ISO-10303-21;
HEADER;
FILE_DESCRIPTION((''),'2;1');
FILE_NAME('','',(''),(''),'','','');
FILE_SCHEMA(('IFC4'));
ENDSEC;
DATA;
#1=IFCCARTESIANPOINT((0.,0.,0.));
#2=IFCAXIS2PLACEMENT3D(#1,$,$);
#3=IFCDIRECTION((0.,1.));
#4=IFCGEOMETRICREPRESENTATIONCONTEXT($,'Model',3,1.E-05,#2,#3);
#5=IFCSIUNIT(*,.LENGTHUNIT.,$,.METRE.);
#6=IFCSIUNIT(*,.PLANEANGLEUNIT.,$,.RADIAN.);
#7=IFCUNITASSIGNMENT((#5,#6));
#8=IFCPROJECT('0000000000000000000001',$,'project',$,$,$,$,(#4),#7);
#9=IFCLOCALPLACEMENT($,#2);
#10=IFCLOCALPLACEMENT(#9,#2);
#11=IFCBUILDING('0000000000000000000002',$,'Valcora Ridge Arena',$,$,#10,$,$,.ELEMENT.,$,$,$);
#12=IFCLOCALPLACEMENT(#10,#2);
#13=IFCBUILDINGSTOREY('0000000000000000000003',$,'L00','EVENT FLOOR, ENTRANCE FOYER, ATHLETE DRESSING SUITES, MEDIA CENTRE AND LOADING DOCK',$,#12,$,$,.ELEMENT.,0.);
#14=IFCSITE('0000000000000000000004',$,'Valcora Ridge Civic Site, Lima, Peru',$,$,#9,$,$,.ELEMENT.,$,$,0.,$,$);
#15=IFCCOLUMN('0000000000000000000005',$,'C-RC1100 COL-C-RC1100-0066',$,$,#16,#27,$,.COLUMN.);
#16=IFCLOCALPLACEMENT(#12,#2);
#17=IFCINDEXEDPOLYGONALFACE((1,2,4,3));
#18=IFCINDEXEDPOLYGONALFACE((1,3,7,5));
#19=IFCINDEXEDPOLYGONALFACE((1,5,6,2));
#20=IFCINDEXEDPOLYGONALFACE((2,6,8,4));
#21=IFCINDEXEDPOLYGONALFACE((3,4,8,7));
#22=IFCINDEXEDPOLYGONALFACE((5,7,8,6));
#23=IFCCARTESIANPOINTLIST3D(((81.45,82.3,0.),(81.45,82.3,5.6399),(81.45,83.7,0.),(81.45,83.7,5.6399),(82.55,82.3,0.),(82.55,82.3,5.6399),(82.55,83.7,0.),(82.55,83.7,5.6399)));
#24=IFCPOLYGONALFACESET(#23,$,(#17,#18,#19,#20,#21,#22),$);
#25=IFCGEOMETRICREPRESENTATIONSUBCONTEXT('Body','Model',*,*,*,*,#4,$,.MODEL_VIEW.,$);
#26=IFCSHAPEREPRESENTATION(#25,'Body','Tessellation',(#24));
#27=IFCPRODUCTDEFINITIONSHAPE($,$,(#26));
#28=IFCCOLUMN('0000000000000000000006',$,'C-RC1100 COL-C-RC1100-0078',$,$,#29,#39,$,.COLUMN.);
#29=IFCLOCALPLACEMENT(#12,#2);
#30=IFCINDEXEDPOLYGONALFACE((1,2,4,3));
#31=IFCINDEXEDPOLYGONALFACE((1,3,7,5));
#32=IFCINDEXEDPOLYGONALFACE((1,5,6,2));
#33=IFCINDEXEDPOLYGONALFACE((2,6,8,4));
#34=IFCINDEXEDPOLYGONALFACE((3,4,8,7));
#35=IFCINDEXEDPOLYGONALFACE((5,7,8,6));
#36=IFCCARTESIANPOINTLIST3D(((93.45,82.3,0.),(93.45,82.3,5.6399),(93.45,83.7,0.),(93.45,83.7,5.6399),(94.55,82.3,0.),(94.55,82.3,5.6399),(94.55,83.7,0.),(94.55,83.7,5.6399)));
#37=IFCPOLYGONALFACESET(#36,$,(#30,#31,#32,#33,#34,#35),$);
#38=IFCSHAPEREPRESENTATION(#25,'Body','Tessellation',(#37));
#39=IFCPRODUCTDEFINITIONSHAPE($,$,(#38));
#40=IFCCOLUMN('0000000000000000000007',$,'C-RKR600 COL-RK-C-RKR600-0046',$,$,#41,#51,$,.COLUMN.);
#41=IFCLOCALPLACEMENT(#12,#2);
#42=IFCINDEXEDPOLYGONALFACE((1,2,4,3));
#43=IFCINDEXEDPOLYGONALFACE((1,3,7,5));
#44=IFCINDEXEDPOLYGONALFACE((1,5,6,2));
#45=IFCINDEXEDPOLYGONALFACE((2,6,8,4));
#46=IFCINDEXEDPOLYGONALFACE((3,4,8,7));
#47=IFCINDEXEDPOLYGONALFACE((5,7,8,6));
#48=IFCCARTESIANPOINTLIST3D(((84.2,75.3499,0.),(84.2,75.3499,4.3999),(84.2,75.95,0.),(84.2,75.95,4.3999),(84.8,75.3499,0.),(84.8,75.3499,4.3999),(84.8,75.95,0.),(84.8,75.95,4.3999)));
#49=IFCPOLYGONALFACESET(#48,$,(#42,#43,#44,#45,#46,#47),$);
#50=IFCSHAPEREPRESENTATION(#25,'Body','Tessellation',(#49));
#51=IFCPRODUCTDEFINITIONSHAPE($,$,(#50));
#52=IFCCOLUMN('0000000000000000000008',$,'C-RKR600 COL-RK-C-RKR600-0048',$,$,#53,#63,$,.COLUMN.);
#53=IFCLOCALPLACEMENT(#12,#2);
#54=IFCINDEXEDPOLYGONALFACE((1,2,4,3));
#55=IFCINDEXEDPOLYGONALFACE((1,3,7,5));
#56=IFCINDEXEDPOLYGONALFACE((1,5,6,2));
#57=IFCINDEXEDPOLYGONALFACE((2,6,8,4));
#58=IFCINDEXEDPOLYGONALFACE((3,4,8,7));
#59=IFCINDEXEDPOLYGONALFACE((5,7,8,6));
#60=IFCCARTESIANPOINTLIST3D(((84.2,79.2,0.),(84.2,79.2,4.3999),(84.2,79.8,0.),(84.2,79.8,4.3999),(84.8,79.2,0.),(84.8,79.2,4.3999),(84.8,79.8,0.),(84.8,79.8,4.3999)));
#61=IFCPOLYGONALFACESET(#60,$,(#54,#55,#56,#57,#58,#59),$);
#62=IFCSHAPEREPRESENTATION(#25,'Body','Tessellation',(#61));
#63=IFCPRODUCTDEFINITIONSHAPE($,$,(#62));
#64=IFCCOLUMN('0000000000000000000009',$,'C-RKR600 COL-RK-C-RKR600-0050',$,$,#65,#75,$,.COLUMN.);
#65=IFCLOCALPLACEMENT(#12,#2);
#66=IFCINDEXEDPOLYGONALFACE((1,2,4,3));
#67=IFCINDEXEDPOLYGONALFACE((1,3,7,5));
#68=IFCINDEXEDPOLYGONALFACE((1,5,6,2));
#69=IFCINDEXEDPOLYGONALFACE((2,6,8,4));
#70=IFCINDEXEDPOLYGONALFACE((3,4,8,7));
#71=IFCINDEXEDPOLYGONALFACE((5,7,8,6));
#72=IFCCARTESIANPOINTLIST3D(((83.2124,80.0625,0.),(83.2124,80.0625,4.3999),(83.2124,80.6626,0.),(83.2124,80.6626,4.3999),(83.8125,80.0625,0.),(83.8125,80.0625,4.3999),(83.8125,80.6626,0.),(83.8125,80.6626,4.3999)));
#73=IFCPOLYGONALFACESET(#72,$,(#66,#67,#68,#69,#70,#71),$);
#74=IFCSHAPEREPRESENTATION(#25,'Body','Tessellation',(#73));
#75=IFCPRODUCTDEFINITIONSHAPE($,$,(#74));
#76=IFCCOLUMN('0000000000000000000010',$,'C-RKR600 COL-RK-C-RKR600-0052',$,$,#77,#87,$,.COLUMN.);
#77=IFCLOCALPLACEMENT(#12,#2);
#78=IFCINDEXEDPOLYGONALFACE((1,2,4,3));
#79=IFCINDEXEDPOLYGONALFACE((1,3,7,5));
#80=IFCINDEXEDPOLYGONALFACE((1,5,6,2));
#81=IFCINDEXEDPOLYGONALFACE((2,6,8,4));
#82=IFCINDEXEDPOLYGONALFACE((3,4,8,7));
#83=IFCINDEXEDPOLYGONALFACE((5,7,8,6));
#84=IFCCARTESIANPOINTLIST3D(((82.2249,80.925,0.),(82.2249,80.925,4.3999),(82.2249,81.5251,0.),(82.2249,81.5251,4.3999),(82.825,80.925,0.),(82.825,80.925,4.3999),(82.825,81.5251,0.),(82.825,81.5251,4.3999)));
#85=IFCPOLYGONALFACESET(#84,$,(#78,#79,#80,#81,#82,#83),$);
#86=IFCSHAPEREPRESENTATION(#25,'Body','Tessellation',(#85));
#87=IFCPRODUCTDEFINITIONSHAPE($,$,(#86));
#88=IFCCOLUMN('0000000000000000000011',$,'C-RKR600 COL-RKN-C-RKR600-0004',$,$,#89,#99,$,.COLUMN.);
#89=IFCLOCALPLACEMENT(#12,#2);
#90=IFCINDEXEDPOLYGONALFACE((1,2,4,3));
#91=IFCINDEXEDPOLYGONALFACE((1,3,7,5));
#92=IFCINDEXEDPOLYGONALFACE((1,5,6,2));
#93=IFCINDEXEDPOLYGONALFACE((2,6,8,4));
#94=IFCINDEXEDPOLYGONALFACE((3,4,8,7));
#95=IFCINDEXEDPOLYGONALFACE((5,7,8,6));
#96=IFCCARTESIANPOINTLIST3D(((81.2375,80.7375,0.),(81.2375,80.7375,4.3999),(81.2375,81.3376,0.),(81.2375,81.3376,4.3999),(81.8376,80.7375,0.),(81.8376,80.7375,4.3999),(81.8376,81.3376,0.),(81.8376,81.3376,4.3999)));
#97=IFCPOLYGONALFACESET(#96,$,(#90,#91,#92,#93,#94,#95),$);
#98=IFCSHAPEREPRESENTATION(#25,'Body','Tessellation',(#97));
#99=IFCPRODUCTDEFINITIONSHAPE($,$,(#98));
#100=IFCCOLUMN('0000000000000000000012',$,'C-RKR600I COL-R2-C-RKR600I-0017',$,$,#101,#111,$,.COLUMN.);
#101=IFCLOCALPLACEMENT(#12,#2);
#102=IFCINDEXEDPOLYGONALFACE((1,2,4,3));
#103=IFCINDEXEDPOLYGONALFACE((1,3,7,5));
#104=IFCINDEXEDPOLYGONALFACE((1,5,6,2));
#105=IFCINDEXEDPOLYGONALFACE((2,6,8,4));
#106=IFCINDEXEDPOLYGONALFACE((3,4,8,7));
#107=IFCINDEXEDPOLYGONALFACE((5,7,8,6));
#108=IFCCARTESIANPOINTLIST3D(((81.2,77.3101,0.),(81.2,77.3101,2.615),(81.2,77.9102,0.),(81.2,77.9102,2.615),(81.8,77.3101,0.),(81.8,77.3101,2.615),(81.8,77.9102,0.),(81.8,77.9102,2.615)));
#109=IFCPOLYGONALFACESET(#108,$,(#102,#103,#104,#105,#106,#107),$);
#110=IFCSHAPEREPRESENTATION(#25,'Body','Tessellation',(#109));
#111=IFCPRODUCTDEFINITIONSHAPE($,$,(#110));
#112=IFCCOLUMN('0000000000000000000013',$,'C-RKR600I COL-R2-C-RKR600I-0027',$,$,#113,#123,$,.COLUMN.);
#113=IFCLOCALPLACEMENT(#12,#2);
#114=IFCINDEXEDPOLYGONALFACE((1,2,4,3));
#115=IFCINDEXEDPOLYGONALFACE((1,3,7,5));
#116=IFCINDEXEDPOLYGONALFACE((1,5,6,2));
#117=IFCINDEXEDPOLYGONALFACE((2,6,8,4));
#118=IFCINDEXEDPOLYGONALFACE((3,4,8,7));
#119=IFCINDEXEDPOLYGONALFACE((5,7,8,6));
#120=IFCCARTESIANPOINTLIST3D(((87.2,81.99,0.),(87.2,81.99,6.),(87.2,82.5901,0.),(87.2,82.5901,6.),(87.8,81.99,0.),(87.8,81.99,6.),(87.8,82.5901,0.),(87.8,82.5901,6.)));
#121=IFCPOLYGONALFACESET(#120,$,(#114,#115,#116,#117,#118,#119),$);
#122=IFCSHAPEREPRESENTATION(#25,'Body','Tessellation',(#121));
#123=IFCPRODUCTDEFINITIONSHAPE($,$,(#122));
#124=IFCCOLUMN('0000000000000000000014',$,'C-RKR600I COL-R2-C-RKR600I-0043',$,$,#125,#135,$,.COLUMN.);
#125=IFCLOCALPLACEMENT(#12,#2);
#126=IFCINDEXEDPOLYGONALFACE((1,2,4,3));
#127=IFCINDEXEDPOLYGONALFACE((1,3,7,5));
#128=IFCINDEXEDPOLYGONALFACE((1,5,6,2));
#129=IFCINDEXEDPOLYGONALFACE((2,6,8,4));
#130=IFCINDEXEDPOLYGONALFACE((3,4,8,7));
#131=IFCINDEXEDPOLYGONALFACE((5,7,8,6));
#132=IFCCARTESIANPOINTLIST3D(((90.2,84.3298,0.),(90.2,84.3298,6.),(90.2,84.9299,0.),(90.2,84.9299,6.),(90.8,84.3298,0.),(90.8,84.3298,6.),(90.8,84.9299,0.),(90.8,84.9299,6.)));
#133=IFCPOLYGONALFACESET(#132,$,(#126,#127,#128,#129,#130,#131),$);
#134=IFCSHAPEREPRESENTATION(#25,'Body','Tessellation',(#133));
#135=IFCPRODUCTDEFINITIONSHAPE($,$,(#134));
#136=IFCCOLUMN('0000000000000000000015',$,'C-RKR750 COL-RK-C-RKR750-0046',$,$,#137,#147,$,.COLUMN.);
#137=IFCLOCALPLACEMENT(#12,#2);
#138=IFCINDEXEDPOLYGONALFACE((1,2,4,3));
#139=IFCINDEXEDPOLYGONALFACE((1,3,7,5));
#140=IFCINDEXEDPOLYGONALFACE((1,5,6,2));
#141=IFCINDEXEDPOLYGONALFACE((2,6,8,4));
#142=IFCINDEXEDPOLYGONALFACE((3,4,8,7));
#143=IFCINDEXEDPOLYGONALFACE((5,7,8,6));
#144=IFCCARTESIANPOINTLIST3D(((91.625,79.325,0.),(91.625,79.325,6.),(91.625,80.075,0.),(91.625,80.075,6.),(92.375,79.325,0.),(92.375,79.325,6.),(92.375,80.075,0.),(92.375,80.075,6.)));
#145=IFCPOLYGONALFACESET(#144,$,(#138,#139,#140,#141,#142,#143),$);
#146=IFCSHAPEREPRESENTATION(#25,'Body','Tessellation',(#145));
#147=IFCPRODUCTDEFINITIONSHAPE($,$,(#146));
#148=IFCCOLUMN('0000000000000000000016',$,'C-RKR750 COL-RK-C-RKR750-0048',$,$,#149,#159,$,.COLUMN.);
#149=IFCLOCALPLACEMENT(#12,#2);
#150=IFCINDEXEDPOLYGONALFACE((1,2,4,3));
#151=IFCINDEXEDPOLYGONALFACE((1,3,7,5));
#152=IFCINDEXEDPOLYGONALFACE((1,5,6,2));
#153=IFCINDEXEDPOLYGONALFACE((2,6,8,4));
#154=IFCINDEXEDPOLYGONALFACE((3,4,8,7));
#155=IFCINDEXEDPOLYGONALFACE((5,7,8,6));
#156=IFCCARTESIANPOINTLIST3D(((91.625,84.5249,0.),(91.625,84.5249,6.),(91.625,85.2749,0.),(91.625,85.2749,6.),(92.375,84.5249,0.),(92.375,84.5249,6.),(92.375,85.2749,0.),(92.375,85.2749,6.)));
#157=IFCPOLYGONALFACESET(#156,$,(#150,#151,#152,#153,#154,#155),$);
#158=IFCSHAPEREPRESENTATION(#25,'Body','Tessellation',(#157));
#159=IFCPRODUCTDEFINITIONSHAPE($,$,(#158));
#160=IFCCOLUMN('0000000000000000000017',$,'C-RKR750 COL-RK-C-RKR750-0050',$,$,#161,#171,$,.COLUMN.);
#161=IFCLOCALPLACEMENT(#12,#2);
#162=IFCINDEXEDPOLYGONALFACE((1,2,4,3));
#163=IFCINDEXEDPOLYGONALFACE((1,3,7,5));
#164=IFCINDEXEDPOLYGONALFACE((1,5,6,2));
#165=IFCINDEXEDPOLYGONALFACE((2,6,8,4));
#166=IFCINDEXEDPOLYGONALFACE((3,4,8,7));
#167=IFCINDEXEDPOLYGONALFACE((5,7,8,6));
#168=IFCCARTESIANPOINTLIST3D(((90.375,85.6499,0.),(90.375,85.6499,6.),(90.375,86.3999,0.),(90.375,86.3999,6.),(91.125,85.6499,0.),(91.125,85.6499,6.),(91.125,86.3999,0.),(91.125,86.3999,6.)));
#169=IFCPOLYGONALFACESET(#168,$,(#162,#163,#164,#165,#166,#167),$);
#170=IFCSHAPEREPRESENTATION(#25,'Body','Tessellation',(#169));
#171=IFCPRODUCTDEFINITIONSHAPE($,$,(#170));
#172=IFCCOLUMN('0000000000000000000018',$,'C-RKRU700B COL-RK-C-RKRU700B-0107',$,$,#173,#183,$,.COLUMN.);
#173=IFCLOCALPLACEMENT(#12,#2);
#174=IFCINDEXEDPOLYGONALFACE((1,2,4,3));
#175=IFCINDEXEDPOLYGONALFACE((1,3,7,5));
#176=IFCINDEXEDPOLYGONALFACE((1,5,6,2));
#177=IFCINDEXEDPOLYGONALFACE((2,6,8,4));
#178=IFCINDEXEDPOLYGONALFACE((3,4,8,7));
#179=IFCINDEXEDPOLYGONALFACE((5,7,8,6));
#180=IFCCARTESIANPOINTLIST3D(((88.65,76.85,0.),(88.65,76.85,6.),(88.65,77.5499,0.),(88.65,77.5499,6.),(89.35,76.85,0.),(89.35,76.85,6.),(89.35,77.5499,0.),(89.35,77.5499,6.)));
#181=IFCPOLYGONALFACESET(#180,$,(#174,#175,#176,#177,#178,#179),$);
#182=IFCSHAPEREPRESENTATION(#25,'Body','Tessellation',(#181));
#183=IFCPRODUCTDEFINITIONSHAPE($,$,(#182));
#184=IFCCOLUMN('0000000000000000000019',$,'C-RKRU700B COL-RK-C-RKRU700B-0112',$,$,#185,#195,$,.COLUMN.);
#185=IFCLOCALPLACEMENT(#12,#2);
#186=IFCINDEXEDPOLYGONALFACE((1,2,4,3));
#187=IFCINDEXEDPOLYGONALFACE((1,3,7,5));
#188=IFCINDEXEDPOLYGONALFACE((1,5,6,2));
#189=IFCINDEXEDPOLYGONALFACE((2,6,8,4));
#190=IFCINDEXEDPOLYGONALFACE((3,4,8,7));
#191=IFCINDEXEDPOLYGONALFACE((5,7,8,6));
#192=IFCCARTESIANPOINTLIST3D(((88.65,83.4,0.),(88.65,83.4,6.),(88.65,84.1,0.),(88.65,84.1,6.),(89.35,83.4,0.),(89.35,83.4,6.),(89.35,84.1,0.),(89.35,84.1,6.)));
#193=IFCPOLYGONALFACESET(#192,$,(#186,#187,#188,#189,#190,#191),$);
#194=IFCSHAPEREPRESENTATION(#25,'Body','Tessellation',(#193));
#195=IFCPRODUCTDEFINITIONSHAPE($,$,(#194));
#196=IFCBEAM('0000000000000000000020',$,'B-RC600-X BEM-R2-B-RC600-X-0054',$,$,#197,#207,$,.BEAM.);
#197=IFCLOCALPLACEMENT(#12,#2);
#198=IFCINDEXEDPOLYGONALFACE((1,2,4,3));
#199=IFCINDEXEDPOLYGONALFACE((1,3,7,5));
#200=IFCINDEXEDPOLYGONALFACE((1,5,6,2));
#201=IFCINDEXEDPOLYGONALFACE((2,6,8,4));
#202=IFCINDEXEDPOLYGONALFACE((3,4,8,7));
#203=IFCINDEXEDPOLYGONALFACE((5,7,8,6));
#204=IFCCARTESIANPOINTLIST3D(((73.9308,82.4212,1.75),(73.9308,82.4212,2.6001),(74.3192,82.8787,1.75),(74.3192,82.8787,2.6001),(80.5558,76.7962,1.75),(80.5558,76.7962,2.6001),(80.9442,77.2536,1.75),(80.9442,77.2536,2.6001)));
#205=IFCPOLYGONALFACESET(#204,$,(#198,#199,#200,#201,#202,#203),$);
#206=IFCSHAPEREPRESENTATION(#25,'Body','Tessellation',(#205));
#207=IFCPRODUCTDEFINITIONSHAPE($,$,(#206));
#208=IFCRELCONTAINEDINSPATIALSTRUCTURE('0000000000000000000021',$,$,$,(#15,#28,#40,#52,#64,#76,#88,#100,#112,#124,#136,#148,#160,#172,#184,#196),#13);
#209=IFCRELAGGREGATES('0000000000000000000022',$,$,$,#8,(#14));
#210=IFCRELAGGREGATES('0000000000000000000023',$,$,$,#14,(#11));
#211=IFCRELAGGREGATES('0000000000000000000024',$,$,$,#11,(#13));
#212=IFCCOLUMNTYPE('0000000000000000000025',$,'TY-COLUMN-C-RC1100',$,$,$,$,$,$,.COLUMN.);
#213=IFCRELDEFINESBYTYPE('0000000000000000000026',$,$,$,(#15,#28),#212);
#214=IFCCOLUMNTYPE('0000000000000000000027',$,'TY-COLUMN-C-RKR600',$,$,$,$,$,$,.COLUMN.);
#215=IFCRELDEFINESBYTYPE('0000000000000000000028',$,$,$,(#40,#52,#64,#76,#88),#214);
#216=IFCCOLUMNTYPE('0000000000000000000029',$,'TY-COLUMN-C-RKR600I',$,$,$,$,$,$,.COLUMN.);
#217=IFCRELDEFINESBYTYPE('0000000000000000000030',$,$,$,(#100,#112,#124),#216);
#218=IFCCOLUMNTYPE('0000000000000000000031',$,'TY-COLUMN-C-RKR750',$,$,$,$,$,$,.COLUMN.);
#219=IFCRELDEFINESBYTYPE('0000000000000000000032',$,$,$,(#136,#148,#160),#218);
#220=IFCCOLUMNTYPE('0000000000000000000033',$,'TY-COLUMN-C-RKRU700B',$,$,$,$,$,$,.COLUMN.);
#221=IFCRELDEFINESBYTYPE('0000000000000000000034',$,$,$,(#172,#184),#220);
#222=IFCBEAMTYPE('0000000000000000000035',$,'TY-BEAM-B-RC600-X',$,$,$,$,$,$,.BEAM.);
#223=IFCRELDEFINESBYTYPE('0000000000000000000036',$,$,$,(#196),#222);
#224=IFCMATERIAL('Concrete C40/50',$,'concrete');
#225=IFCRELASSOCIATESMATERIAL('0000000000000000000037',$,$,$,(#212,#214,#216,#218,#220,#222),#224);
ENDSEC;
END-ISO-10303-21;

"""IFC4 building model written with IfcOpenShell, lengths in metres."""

from ifc_helpers import new_model, si_unit, direction, frame, origin, origin_2d, place, context, subcontext, project, spatial, rectangle, extrude, material, material_profile, profile_set, type_object, element, save


model = new_model("IFC4")

# Units and contexts
model_context = context("Model", 3, precision=1e-05, world=origin(), true_north=direction((0.0, 1.0)))
body_context = subcontext(model_context, "Body", "Model", "MODEL_VIEW")
ifc_project = project(units=[si_unit("LENGTHUNIT", "METRE"), si_unit("PLANEANGLEUNIT", "RADIAN")], contexts=[model_context])

# Site, building, storey
site_placement = place(None, origin())
site = spatial("IfcSite", under=ifc_project, at=site_placement, Name="Valcora Ridge Civic Site, Lima, Peru", CompositionType="ELEMENT", RefElevation=0.0)
building_placement = place(site_placement, origin())
building = spatial("IfcBuilding", under=site, at=building_placement, Name="Valcora Ridge Arena", CompositionType="ELEMENT")
storey_placement = place(building_placement, origin())
storey = spatial("IfcBuildingStorey", under=building, at=storey_placement, Name="L00", Description="EVENT FLOOR, ENTRANCE FOYER, ATHLETE DRESSING SUITES, MEDIA CENTRE AND LOADING DOCK", CompositionType="ELEMENT", Elevation=0.0)

# Columns
ifc_material_1 = material(Name="Concrete C40/50", Category="concrete")
ifc_material_profile_1 = material_profile(ifc_material_1, rectangle(XDim=1.1001, YDim=1.3999, at=origin_2d()), Name="RC 1100x1400")
ifc_profile_set_1 = profile_set([ifc_material_profile_1], Name="Concrete C40/50")
column_type_1 = type_object("IfcColumnType", Name="TY-COLUMN-C-RC1100", PredefinedType="COLUMN", material=ifc_profile_set_1)
for number, where, z_axis, x_axis, name in (
    (1, (82.0, 83.0, 0.0), (0.0, 0.0, 1.0), (1.0, 0.0, 0.0), "C-RC1100 COL-C-RC1100-0066"),
    (2, (94.0, 83.0, 0.0), (0.0, 0.0, 1.0), (1.0, 0.0, 0.0), "C-RC1100 COL-C-RC1100-0078"),
):
    element("IfcColumn", number, at=place(storey_placement, frame(where, z_axis=z_axis, x_axis=x_axis)), inside=storey, type_object=column_type_1, Name=name, PredefinedType="COLUMN", context=body_context, shape_type="SweptSolid", body=[
        extrude(rectangle(XDim=1.1001, YDim=1.3999, at=origin_2d()), origin(), (0.0, 0.0, 1.0), 5.6399),
    ])
ifc_material_profile_2 = material_profile(ifc_material_1, rectangle(XDim=0.6001, YDim=0.6001, at=origin_2d()), Name="RC 600x600")
ifc_profile_set_2 = profile_set([ifc_material_profile_2], Name="Concrete C40/50")
column_type_2 = type_object("IfcColumnType", Name="TY-COLUMN-C-RKR600", PredefinedType="COLUMN", material=ifc_profile_set_2)
for number, where, z_axis, x_axis, name in (
    (3, (84.5, 75.6499, 0.0), (0.0, 0.0, 1.0), (1.0, 0.0, 0.0), "C-RKR600 COL-RK-C-RKR600-0046"),
    (4, (84.5, 79.5, 0.0), (0.0, 0.0, 1.0), (1.0, 0.0, 0.0), "C-RKR600 COL-RK-C-RKR600-0048"),
    (5, (83.5125, 80.3625, 0.0), (0.0, 0.0, 1.0), (1.0, 0.0, 0.0), "C-RKR600 COL-RK-C-RKR600-0050"),
    (6, (82.5249, 81.2251, 0.0), (0.0, 0.0, 1.0), (1.0, 0.0, 0.0), "C-RKR600 COL-RK-C-RKR600-0052"),
    (7, (81.5376, 81.0376, 0.0), (0.0, 0.0, 1.0), (1.0, 0.0, 0.0), "C-RKR600 COL-RKN-C-RKR600-0004"),
):
    element("IfcColumn", number, at=place(storey_placement, frame(where, z_axis=z_axis, x_axis=x_axis)), inside=storey, type_object=column_type_2, Name=name, PredefinedType="COLUMN", context=body_context, shape_type="SweptSolid", body=[
        extrude(rectangle(XDim=0.6001, YDim=0.6001, at=origin_2d()), origin(), (0.0, 0.0, 1.0), 4.3999),
    ])
ifc_material_profile_3 = material_profile(ifc_material_1, rectangle(XDim=0.6001, YDim=0.6001, at=origin_2d()), Name="RC 600x600")
ifc_profile_set_3 = profile_set([ifc_material_profile_3], Name="Concrete C40/50")
column_type_3 = type_object("IfcColumnType", Name="TY-COLUMN-C-RKR600I", PredefinedType="COLUMN", material=ifc_profile_set_3)
column_placement = place(storey_placement, frame((81.5, 77.6101, 0.0), z_axis=(0.0, 0.0, 1.0), x_axis=(1.0, 0.0, 0.0)))
element("IfcColumn", 8, at=column_placement, inside=storey, type_object=column_type_3, Name="C-RKR600I COL-R2-C-RKR600I-0017", PredefinedType="COLUMN", context=body_context, shape_type="SweptSolid", body=[
    extrude(rectangle(XDim=0.6001, YDim=0.6001, at=origin_2d()), origin(), (0.0, 0.0, 1.0), 2.615),
])
for number, where, z_axis, x_axis, name in (
    (9, (87.5, 82.29, 0.0), (0.0, 0.0, 1.0), (1.0, 0.0, 0.0), "C-RKR600I COL-R2-C-RKR600I-0027"),
    (10, (90.5, 84.6299, 0.0), (0.0, 0.0, 1.0), (1.0, 0.0, 0.0), "C-RKR600I COL-R2-C-RKR600I-0043"),
):
    element("IfcColumn", number, at=place(storey_placement, frame(where, z_axis=z_axis, x_axis=x_axis)), inside=storey, type_object=column_type_3, Name=name, PredefinedType="COLUMN", context=body_context, shape_type="SweptSolid", body=[
        extrude(rectangle(XDim=0.6001, YDim=0.6001, at=origin_2d()), origin(), (0.0, 0.0, 1.0), 6.0),
    ])
ifc_material_profile_4 = material_profile(ifc_material_1, rectangle(XDim=0.75, YDim=0.75, at=origin_2d()), Name="RC 750x750")
ifc_profile_set_4 = profile_set([ifc_material_profile_4], Name="Concrete C40/50")
column_type_4 = type_object("IfcColumnType", Name="TY-COLUMN-C-RKR750", PredefinedType="COLUMN", material=ifc_profile_set_4)
for number, where, z_axis, x_axis, name in (
    (11, (92.0, 79.7, 0.0), (0.0, 0.0, 1.0), (1.0, 0.0, 0.0), "C-RKR750 COL-RK-C-RKR750-0046"),
    (12, (92.0, 84.8999, 0.0), (0.0, 0.0, 1.0), (1.0, 0.0, 0.0), "C-RKR750 COL-RK-C-RKR750-0048"),
    (13, (90.75, 86.0249, 0.0), (0.0, 0.0, 1.0), (1.0, 0.0, 0.0), "C-RKR750 COL-RK-C-RKR750-0050"),
):
    element("IfcColumn", number, at=place(storey_placement, frame(where, z_axis=z_axis, x_axis=x_axis)), inside=storey, type_object=column_type_4, Name=name, PredefinedType="COLUMN", context=body_context, shape_type="SweptSolid", body=[
        extrude(rectangle(XDim=0.75, YDim=0.75, at=origin_2d()), origin(), (0.0, 0.0, 1.0), 6.0),
    ])
ifc_material_profile_5 = material_profile(ifc_material_1, rectangle(XDim=0.7, YDim=0.7, at=origin_2d()), Name="RC 700x700")
ifc_profile_set_5 = profile_set([ifc_material_profile_5], Name="Concrete C40/50")
column_type_5 = type_object("IfcColumnType", Name="TY-COLUMN-C-RKRU700B", PredefinedType="COLUMN", material=ifc_profile_set_5)
for number, where, z_axis, x_axis, name in (
    (14, (89.0, 77.2, 0.0), (0.0, 0.0, 1.0), (1.0, 0.0, 0.0), "C-RKRU700B COL-RK-C-RKRU700B-0107"),
    (15, (89.0, 83.75, 0.0), (0.0, 0.0, 1.0), (1.0, 0.0, 0.0), "C-RKRU700B COL-RK-C-RKRU700B-0112"),
):
    element("IfcColumn", number, at=place(storey_placement, frame(where, z_axis=z_axis, x_axis=x_axis)), inside=storey, type_object=column_type_5, Name=name, PredefinedType="COLUMN", context=body_context, shape_type="SweptSolid", body=[
        extrude(rectangle(XDim=0.7, YDim=0.7, at=origin_2d()), origin(), (0.0, 0.0, 1.0), 6.0),
    ])

# Beam
ifc_material_profile_6 = material_profile(ifc_material_1, rectangle(XDim=0.6001, YDim=0.8501, at=origin_2d()), Name="RC 600x850")
ifc_profile_set_6 = profile_set([ifc_material_profile_6], Name="Concrete C40/50")
beam_type = type_object("IfcBeamType", Name="TY-BEAM-B-RC600-X", PredefinedType="BEAM", material=ifc_profile_set_6)
beam_1_placement = place(storey_placement, frame((80.75, 77.0249, 2.175), z_axis=(-0.762294, 0.647231, 0.0), x_axis=(-0.647231, -0.762294, 0.0)))
element("IfcBeam", 16, at=beam_1_placement, inside=storey, type_object=beam_type, Name="B-RC600-X BEM-R2-B-RC600-X-0054", PredefinedType="BEAM", context=body_context, shape_type="SweptSolid", body=[
    extrude(rectangle(XDim=0.6001, YDim=0.8501, at=origin_2d()), origin(), (0.0, 0.0, 1.0), 8.6909),
])

save(model, "model.ifc")
